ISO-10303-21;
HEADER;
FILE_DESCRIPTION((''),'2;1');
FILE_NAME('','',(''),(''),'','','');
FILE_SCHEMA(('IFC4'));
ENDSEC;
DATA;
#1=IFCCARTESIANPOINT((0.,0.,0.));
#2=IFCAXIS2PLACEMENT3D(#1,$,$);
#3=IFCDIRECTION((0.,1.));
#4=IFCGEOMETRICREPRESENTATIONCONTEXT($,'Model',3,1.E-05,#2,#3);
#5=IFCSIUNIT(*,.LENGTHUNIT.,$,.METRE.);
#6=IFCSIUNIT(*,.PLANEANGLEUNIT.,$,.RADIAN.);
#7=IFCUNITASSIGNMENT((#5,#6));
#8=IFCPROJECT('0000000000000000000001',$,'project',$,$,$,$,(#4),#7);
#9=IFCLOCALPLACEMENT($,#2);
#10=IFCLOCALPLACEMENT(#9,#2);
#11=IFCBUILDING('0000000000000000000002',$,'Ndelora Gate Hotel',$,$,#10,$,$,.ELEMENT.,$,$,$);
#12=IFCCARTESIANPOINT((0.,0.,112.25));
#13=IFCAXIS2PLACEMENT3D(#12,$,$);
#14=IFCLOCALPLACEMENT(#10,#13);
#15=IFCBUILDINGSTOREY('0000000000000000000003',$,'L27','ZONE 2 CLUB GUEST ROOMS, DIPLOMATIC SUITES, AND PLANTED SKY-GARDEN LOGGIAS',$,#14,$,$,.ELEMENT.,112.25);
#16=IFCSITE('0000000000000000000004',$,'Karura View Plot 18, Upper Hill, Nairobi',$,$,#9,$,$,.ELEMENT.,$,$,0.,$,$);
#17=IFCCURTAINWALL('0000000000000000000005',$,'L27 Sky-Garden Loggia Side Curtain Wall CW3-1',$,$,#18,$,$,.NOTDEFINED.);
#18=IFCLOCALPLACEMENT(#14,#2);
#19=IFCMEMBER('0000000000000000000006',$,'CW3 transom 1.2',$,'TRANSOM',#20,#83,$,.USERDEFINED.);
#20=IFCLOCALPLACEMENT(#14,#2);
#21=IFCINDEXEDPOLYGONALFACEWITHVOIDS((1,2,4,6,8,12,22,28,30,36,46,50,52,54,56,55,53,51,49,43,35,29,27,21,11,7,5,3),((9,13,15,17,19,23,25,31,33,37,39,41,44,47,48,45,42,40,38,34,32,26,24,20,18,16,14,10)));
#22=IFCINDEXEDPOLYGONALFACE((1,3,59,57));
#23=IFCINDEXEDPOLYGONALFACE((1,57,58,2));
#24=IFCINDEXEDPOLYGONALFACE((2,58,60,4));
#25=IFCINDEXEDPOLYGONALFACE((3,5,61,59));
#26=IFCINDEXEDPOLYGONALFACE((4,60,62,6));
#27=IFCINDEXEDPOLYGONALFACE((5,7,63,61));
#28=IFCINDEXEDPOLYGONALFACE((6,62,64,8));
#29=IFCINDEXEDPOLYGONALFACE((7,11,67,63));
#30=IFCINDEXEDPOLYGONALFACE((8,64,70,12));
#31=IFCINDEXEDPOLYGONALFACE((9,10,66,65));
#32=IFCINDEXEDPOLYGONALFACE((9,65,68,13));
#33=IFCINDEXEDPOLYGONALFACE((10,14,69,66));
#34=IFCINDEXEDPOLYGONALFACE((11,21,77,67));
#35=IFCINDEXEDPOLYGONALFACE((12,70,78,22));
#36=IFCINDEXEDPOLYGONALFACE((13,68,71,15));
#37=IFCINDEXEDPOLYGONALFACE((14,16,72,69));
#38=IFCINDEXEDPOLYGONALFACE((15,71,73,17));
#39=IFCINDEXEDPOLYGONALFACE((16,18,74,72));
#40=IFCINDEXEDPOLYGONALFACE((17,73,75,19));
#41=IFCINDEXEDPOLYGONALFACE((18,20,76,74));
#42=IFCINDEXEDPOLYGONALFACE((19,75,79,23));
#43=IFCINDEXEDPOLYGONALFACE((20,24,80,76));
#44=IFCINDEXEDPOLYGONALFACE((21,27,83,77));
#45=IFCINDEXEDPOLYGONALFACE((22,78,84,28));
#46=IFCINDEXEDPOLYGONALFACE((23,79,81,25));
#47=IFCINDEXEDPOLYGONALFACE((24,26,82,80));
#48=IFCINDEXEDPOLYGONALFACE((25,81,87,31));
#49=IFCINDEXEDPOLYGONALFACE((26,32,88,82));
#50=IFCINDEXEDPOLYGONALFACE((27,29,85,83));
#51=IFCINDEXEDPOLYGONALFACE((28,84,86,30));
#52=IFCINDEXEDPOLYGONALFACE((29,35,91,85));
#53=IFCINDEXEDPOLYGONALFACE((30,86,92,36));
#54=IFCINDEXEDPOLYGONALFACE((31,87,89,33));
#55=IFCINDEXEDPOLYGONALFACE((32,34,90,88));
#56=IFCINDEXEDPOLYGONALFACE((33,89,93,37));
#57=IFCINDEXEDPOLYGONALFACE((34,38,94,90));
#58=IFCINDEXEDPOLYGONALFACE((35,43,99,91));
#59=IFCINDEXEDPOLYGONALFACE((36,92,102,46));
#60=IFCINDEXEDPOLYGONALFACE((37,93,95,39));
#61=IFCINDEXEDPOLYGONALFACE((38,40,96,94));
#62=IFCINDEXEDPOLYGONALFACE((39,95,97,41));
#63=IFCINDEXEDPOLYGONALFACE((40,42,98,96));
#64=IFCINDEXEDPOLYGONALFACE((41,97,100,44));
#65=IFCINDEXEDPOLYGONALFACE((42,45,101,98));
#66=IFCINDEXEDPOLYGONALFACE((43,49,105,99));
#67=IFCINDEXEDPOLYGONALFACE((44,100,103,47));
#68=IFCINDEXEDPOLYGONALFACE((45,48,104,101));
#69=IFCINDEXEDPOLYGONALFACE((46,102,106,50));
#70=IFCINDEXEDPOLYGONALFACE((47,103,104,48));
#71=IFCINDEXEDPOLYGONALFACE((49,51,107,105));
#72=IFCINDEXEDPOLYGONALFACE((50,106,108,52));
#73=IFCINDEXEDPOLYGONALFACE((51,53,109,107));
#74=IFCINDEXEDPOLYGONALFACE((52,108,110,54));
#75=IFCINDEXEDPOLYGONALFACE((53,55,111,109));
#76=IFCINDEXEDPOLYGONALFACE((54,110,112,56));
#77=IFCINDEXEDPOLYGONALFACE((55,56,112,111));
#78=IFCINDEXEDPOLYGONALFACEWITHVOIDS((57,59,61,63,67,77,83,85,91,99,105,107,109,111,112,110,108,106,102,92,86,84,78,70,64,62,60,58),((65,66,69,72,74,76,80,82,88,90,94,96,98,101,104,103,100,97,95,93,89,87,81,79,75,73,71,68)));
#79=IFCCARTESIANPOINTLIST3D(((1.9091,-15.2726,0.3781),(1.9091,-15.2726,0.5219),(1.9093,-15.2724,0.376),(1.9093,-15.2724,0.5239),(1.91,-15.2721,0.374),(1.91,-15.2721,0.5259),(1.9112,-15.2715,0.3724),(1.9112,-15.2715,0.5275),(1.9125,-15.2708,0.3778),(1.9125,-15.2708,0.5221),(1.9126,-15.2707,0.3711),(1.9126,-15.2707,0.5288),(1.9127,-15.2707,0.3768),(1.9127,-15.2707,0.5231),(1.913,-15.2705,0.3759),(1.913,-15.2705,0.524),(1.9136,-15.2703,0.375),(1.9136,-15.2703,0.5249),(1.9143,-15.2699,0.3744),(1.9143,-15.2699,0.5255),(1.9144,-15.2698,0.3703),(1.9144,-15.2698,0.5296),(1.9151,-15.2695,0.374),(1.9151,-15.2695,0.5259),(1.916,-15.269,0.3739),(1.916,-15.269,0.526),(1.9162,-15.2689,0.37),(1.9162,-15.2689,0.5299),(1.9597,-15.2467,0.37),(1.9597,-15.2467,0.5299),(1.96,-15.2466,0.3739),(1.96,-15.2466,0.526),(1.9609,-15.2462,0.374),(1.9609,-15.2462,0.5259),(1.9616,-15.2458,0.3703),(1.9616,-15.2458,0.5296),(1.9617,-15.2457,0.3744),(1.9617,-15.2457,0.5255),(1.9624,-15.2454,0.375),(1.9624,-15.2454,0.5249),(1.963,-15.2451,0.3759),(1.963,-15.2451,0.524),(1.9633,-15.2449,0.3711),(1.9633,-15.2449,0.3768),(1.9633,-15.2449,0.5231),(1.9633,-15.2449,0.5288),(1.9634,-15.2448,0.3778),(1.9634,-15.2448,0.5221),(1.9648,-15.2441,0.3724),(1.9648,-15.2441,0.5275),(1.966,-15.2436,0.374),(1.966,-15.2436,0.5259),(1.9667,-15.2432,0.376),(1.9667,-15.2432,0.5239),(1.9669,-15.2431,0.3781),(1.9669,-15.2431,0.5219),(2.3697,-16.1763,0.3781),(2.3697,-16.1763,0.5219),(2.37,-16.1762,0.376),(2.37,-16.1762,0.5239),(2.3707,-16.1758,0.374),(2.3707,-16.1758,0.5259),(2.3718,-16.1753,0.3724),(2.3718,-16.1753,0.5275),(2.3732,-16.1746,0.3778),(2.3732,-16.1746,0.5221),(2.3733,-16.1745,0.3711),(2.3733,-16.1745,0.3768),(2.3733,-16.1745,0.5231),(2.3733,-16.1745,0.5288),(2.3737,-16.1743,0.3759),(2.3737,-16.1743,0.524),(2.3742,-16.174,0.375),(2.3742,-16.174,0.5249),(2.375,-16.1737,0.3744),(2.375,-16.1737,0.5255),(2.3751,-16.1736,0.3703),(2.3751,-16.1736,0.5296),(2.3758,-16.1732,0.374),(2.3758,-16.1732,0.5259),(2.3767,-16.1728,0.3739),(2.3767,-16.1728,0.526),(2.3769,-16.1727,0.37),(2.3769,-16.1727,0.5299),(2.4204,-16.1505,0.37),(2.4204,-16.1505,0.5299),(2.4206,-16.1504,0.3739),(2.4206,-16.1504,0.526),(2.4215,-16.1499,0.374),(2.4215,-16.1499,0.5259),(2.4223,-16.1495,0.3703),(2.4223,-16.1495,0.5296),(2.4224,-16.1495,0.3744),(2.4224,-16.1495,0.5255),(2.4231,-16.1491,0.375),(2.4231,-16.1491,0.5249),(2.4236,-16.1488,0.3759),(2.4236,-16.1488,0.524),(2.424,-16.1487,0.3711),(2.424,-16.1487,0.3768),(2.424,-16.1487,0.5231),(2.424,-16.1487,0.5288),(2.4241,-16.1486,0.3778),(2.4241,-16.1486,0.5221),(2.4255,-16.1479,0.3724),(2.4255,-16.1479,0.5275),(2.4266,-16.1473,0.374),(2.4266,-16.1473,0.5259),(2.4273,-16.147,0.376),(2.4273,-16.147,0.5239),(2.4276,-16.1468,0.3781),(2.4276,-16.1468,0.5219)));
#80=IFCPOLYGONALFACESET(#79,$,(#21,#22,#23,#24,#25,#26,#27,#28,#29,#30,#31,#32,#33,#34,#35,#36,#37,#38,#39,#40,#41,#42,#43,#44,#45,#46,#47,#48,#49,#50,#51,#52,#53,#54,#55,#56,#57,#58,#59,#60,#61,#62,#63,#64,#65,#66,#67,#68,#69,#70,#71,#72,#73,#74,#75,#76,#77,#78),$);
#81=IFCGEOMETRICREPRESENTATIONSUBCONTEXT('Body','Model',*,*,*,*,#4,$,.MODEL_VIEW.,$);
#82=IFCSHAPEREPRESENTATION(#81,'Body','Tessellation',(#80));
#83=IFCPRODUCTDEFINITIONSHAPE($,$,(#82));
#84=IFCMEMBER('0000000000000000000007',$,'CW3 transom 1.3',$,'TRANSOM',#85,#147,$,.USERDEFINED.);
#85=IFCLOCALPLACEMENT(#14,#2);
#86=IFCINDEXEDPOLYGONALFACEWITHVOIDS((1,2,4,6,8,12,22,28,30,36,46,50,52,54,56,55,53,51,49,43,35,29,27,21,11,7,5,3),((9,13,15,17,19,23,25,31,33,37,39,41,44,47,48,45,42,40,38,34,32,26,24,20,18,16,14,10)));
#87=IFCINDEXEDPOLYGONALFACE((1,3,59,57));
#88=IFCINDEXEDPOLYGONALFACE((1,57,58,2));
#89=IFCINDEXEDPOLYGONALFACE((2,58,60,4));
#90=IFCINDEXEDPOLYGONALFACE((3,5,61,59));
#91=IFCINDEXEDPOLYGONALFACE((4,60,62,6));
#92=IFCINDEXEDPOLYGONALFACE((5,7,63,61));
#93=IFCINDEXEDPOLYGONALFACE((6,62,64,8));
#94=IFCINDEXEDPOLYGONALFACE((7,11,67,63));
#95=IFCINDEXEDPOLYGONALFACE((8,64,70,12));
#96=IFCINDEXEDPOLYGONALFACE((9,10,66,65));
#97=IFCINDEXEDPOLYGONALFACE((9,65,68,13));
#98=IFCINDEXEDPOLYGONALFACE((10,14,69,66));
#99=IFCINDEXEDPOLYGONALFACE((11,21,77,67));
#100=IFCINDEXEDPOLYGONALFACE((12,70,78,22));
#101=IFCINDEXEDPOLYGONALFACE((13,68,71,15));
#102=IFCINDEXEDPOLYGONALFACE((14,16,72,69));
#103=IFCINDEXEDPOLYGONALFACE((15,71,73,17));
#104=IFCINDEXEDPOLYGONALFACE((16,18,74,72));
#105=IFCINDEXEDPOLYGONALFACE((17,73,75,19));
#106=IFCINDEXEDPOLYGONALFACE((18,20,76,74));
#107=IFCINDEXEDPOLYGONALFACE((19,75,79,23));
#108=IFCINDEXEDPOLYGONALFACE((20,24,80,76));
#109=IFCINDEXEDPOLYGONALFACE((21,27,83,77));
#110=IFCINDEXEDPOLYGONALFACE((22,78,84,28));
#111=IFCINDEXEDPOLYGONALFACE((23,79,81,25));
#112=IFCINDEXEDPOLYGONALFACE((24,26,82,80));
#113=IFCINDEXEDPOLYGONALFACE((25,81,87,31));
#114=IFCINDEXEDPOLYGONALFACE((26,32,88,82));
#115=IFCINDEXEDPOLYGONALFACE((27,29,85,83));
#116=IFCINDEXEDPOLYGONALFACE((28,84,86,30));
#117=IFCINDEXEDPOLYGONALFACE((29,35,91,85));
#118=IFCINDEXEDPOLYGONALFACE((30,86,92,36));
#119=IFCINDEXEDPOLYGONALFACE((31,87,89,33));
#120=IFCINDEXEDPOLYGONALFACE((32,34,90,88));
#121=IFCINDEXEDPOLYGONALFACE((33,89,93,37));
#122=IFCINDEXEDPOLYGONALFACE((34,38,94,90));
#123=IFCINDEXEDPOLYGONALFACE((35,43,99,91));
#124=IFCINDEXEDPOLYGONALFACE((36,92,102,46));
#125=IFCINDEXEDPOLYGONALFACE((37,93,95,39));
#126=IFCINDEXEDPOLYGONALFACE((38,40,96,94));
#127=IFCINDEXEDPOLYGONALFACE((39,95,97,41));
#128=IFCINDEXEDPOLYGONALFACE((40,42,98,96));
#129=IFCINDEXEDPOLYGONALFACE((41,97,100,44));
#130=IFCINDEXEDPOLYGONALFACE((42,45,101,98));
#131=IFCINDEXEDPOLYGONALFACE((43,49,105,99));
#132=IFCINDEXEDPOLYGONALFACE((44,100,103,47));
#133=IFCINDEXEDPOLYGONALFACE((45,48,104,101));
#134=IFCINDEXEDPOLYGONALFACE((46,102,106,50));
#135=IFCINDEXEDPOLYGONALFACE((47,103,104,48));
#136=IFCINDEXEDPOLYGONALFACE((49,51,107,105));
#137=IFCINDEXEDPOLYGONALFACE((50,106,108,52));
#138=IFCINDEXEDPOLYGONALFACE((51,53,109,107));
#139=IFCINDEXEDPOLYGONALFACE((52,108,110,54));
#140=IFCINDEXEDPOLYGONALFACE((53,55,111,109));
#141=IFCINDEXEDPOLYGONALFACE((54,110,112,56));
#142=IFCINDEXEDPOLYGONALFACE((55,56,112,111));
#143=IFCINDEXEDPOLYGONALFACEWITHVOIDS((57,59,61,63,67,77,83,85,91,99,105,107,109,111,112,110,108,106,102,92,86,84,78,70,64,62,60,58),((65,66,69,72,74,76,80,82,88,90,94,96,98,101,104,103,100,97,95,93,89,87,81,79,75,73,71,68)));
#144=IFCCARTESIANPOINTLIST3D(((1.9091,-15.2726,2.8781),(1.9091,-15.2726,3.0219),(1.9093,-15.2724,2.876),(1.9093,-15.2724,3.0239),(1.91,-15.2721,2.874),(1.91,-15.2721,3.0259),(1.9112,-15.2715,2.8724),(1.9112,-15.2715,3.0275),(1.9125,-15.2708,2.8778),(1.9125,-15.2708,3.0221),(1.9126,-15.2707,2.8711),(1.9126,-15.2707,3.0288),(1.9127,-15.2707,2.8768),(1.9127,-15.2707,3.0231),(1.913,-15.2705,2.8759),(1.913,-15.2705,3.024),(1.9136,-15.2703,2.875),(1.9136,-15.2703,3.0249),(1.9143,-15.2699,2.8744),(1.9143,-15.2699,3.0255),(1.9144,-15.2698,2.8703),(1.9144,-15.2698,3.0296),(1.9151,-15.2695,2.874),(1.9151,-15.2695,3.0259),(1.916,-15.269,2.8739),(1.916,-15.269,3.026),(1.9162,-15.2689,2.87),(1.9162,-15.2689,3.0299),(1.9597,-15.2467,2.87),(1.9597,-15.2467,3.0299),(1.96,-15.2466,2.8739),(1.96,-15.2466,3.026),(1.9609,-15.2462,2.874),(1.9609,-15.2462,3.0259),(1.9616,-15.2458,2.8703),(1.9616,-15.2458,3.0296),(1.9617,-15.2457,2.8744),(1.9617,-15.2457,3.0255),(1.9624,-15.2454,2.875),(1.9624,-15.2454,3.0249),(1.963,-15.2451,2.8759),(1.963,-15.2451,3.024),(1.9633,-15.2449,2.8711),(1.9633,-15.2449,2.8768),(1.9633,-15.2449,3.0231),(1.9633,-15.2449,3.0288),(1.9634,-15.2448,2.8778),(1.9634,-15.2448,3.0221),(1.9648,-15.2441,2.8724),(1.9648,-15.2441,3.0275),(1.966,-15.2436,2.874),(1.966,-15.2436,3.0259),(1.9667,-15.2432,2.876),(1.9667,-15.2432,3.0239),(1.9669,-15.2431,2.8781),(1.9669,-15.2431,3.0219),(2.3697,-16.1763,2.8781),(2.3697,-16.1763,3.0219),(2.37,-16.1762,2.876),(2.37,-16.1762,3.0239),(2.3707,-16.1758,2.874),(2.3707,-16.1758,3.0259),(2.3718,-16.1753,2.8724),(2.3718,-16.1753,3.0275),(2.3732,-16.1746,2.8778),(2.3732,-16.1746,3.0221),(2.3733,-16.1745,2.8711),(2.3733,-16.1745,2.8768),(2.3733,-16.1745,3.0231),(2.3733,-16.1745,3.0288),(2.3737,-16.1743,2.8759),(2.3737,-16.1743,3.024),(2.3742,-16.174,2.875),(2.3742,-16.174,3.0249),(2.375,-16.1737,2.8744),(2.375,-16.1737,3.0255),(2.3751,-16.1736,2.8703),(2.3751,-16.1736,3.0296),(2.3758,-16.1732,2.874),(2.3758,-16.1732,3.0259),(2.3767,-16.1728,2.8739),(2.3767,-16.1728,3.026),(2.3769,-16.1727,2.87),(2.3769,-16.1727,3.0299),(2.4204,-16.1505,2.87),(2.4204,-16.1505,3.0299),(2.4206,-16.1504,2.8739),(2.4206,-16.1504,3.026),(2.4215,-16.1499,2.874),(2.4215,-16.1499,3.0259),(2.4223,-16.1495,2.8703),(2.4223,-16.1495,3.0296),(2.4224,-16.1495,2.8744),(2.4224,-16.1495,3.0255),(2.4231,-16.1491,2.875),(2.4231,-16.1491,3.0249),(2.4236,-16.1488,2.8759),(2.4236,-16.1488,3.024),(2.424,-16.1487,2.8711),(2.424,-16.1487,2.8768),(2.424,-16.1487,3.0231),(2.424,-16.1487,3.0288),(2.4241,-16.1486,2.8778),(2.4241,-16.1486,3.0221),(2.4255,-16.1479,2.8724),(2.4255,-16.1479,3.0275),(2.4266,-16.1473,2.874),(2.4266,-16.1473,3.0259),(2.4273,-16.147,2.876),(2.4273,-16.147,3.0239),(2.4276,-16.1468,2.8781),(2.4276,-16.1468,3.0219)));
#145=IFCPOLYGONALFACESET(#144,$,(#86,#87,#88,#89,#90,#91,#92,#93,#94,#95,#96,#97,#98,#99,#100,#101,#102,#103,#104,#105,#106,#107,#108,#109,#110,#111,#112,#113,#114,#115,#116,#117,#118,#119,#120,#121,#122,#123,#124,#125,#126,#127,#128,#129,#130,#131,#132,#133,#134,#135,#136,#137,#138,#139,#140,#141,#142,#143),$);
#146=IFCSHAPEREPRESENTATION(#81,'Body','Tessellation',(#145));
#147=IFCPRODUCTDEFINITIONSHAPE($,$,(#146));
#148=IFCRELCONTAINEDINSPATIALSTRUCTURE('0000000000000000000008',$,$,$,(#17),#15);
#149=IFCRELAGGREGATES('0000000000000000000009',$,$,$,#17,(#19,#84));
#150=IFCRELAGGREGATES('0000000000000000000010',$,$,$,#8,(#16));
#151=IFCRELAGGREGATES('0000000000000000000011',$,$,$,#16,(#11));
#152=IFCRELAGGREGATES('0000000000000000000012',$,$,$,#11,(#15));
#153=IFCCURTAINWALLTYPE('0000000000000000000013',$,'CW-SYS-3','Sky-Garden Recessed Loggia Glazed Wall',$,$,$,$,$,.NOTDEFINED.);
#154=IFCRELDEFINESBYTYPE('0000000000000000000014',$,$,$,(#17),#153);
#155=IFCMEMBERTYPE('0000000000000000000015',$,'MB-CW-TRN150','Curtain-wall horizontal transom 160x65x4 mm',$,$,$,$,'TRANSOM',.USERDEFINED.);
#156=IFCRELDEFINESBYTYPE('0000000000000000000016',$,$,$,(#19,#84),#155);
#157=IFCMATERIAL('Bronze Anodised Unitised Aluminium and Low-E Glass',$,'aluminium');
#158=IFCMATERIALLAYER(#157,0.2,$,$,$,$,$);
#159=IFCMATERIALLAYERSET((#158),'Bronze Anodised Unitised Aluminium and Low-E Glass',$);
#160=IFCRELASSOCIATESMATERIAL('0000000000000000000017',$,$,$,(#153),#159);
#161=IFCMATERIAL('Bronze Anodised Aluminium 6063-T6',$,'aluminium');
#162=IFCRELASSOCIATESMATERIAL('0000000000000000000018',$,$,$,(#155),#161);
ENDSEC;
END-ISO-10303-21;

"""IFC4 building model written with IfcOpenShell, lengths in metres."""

from ifc_helpers import new_model, si_unit, direction, frame, origin, origin_2d, place, context, subcontext, project, spatial, hollow_rectangle, extrude, material, layer, layer_set, material_profile, profile_set, type_object, element, aggregate, save


model = new_model("IFC4")

# Units and contexts
model_context = context("Model", 3, precision=1e-05, world=origin(), true_north=direction((0.0, 1.0)))
body_context = subcontext(model_context, "Body", "Model", "MODEL_VIEW")
ifc_project = project(units=[si_unit("LENGTHUNIT", "METRE"), si_unit("PLANEANGLEUNIT", "RADIAN")], contexts=[model_context])

# Site, building, storey
site_placement = place(None, origin())
site = spatial("IfcSite", under=ifc_project, at=site_placement, Name="Karura View Plot 18, Upper Hill, Nairobi", CompositionType="ELEMENT", RefElevation=0.0)
building_placement = place(site_placement, origin())
building = spatial("IfcBuilding", under=site, at=building_placement, Name="Ndelora Gate Hotel", CompositionType="ELEMENT")
storey_placement = place(building_placement, frame((0.0, 0.0, 112.25)))
storey = spatial("IfcBuildingStorey", under=building, at=storey_placement, Name="L27", Description="ZONE 2 CLUB GUEST ROOMS, DIPLOMATIC SUITES, AND PLANTED SKY-GARDEN LOGGIAS", CompositionType="ELEMENT", Elevation=112.25)

# Curtain wall, members
ifc_material_1 = material(Name="Bronze Anodised Unitised Aluminium and Low-E Glass", Category="aluminium")
ifc_layer_1 = layer(ifc_material_1, 0.2)
ifc_layer_set_1 = layer_set([ifc_layer_1], Name="Bronze Anodised Unitised Aluminium and Low-E Glass")
curtain_wall_type = type_object("IfcCurtainWallType", Name="CW-SYS-3", Description="Sky-Garden Recessed Loggia Glazed Wall", PredefinedType="NOTDEFINED", material=ifc_layer_set_1)
curtain_wall_placement = place(storey_placement, origin())
curtain_wall = element("IfcCurtainWall", 1, at=curtain_wall_placement, inside=storey, type_object=curtain_wall_type, Name="L27 Sky-Garden Loggia Side Curtain Wall CW3-1", PredefinedType="NOTDEFINED")
ifc_material_2 = material(Name="Bronze Anodised Aluminium 6063-T6", Category="aluminium")
ifc_material_profile_1 = material_profile(ifc_material_2, hollow_rectangle(XDim=0.0649, YDim=0.1599, WallThickness=0.0039, InnerFilletRadius=0.0039, OuterFilletRadius=0.0081, at=origin_2d()), Name="ALU 160x65x4")
ifc_profile_set_1 = profile_set([ifc_material_profile_1], Name="Bronze Anodised Aluminium 6063-T6")
member_type_1 = type_object("IfcMemberType", Name="MB-CW-TRN150", Description="Curtain-wall horizontal transom 160x65x4 mm", ElementType="TRANSOM", PredefinedType="USERDEFINED", material=ifc_profile_set_1)
member_1_placement = place(storey_placement, frame((1.938, -15.2578, 0.45), z_axis=(0.454131, -0.890935, 0.0), x_axis=(0.890935, 0.454131, 0.0)))
member_1 = element("IfcMember", 2, at=member_1_placement, type_object=member_type_1, Name="CW3 transom 1.2", ObjectType="TRANSOM", PredefinedType="USERDEFINED", context=body_context, shape_type="SweptSolid", body=[
    extrude(hollow_rectangle(XDim=0.0649, YDim=0.1599, WallThickness=0.0039, InnerFilletRadius=0.0039, OuterFilletRadius=0.0081, at=origin_2d()), origin(), (0.0, 0.0, 1.0), 1.0144),
])
member_2_placement = place(storey_placement, frame((1.938, -15.2578, 2.95), z_axis=(0.454131, -0.890935, 0.0), x_axis=(0.890935, 0.454131, 0.0)))
member_2 = element("IfcMember", 3, at=member_2_placement, type_object=member_type_1, Name="CW3 transom 1.3", ObjectType="TRANSOM", PredefinedType="USERDEFINED", context=body_context, shape_type="SweptSolid", body=[
    extrude(hollow_rectangle(XDim=0.0649, YDim=0.1599, WallThickness=0.0039, InnerFilletRadius=0.0039, OuterFilletRadius=0.0081, at=origin_2d()), origin(), (0.0, 0.0, 1.0), 1.0144),
])
aggregate(curtain_wall, [member_1, member_2])

save(model, "model.ifc")
